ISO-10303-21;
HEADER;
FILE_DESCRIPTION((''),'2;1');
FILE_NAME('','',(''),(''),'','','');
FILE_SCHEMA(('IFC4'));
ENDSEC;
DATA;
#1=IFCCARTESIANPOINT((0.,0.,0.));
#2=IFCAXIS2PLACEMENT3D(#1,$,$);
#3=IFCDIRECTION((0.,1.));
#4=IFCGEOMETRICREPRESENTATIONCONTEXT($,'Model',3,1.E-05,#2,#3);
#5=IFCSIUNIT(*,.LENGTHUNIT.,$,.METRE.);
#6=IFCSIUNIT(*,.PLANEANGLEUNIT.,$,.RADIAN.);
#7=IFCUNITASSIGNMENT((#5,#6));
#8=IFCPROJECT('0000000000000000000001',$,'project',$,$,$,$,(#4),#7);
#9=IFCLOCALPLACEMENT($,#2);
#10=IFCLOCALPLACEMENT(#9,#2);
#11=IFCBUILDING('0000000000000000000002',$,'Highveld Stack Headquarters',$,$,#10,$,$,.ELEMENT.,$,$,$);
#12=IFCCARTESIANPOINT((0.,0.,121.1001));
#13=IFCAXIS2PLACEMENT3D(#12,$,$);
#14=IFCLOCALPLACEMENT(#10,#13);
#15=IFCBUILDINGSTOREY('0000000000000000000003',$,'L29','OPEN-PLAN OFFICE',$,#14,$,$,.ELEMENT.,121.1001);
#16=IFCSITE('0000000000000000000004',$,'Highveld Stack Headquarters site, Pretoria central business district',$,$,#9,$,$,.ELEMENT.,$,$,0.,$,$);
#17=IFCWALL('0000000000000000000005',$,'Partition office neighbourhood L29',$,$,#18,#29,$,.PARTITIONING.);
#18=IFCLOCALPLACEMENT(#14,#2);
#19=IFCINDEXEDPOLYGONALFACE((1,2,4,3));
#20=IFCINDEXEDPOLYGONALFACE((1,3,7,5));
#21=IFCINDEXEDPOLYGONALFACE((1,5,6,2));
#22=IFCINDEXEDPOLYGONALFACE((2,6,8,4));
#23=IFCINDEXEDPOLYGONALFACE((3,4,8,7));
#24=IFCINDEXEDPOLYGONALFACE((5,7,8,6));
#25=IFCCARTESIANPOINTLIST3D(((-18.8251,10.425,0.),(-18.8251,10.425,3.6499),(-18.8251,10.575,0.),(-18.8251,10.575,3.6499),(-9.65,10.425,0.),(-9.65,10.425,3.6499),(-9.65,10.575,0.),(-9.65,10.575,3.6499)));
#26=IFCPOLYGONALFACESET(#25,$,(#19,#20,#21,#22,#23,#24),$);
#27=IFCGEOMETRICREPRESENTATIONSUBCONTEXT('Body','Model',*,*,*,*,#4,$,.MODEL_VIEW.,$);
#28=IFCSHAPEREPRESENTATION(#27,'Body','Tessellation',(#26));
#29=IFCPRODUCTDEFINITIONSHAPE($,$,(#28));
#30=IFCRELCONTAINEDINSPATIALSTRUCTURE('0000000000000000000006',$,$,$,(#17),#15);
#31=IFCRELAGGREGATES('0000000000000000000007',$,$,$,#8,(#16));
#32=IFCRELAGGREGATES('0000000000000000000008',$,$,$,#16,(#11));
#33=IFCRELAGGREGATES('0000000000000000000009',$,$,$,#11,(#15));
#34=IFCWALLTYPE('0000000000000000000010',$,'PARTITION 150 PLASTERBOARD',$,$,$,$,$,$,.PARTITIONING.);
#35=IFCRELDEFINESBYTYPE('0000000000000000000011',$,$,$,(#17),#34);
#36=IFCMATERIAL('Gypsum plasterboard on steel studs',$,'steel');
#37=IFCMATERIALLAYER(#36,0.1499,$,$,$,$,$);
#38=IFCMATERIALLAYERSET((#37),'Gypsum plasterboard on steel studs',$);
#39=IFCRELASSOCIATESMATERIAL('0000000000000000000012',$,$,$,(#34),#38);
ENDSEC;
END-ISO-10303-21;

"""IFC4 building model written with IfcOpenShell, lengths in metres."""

from ifc_helpers import new_model, si_unit, direction, frame, frame_2d, origin, place, context, subcontext, project, spatial, rectangle, extrude, material, layer, layer_set, type_object, element, save


model = new_model("IFC4")

# Units and contexts
model_context = context("Model", 3, precision=1e-05, world=origin(), true_north=direction((0.0, 1.0)))
body_context = subcontext(model_context, "Body", "Model", "MODEL_VIEW")
ifc_project = project(units=[si_unit("LENGTHUNIT", "METRE"), si_unit("PLANEANGLEUNIT", "RADIAN")], contexts=[model_context])

# Site, building, storey
site_placement = place(None, origin())
site = spatial("IfcSite", under=ifc_project, at=site_placement, Name="Highveld Stack Headquarters site, Pretoria central business district", CompositionType="ELEMENT", RefElevation=0.0)
building_placement = place(site_placement, origin())
building = spatial("IfcBuilding", under=site, at=building_placement, Name="Highveld Stack Headquarters", CompositionType="ELEMENT")
storey_placement = place(building_placement, frame((0.0, 0.0, 121.1001)))
storey = spatial("IfcBuildingStorey", under=building, at=storey_placement, Name="L29", Description="OPEN-PLAN OFFICE", CompositionType="ELEMENT", Elevation=121.1001)

# Shared definitions
ifc_material_1 = material(Name="Gypsum plasterboard on steel studs", Category="steel")
ifc_layer_1 = layer(ifc_material_1, 0.1499)
ifc_layer_set_1 = layer_set([ifc_layer_1], Name="Gypsum plasterboard on steel studs")
wall_type_1 = type_object("IfcWallType", Name="PARTITION 150 PLASTERBOARD", PredefinedType="PARTITIONING", material=ifc_layer_set_1)

# Wall
wall_1_placement = place(storey_placement, frame((-18.825, 10.5, 0.0), z_axis=(0.0, 0.0, 1.0), x_axis=(1.0, 0.0, 0.0)))
element("IfcWall", 1, at=wall_1_placement, inside=storey, type_object=wall_type_1, Name="Partition office neighbourhood L29", PredefinedType="PARTITIONING", context=body_context, shape_type="SweptSolid", body=[
    extrude(rectangle(XDim=9.175, YDim=0.1499, at=frame_2d((4.5874, 0.0))), origin(), (0.0, 0.0, 1.0), 3.6499),
])

save(model, "model.ifc")
